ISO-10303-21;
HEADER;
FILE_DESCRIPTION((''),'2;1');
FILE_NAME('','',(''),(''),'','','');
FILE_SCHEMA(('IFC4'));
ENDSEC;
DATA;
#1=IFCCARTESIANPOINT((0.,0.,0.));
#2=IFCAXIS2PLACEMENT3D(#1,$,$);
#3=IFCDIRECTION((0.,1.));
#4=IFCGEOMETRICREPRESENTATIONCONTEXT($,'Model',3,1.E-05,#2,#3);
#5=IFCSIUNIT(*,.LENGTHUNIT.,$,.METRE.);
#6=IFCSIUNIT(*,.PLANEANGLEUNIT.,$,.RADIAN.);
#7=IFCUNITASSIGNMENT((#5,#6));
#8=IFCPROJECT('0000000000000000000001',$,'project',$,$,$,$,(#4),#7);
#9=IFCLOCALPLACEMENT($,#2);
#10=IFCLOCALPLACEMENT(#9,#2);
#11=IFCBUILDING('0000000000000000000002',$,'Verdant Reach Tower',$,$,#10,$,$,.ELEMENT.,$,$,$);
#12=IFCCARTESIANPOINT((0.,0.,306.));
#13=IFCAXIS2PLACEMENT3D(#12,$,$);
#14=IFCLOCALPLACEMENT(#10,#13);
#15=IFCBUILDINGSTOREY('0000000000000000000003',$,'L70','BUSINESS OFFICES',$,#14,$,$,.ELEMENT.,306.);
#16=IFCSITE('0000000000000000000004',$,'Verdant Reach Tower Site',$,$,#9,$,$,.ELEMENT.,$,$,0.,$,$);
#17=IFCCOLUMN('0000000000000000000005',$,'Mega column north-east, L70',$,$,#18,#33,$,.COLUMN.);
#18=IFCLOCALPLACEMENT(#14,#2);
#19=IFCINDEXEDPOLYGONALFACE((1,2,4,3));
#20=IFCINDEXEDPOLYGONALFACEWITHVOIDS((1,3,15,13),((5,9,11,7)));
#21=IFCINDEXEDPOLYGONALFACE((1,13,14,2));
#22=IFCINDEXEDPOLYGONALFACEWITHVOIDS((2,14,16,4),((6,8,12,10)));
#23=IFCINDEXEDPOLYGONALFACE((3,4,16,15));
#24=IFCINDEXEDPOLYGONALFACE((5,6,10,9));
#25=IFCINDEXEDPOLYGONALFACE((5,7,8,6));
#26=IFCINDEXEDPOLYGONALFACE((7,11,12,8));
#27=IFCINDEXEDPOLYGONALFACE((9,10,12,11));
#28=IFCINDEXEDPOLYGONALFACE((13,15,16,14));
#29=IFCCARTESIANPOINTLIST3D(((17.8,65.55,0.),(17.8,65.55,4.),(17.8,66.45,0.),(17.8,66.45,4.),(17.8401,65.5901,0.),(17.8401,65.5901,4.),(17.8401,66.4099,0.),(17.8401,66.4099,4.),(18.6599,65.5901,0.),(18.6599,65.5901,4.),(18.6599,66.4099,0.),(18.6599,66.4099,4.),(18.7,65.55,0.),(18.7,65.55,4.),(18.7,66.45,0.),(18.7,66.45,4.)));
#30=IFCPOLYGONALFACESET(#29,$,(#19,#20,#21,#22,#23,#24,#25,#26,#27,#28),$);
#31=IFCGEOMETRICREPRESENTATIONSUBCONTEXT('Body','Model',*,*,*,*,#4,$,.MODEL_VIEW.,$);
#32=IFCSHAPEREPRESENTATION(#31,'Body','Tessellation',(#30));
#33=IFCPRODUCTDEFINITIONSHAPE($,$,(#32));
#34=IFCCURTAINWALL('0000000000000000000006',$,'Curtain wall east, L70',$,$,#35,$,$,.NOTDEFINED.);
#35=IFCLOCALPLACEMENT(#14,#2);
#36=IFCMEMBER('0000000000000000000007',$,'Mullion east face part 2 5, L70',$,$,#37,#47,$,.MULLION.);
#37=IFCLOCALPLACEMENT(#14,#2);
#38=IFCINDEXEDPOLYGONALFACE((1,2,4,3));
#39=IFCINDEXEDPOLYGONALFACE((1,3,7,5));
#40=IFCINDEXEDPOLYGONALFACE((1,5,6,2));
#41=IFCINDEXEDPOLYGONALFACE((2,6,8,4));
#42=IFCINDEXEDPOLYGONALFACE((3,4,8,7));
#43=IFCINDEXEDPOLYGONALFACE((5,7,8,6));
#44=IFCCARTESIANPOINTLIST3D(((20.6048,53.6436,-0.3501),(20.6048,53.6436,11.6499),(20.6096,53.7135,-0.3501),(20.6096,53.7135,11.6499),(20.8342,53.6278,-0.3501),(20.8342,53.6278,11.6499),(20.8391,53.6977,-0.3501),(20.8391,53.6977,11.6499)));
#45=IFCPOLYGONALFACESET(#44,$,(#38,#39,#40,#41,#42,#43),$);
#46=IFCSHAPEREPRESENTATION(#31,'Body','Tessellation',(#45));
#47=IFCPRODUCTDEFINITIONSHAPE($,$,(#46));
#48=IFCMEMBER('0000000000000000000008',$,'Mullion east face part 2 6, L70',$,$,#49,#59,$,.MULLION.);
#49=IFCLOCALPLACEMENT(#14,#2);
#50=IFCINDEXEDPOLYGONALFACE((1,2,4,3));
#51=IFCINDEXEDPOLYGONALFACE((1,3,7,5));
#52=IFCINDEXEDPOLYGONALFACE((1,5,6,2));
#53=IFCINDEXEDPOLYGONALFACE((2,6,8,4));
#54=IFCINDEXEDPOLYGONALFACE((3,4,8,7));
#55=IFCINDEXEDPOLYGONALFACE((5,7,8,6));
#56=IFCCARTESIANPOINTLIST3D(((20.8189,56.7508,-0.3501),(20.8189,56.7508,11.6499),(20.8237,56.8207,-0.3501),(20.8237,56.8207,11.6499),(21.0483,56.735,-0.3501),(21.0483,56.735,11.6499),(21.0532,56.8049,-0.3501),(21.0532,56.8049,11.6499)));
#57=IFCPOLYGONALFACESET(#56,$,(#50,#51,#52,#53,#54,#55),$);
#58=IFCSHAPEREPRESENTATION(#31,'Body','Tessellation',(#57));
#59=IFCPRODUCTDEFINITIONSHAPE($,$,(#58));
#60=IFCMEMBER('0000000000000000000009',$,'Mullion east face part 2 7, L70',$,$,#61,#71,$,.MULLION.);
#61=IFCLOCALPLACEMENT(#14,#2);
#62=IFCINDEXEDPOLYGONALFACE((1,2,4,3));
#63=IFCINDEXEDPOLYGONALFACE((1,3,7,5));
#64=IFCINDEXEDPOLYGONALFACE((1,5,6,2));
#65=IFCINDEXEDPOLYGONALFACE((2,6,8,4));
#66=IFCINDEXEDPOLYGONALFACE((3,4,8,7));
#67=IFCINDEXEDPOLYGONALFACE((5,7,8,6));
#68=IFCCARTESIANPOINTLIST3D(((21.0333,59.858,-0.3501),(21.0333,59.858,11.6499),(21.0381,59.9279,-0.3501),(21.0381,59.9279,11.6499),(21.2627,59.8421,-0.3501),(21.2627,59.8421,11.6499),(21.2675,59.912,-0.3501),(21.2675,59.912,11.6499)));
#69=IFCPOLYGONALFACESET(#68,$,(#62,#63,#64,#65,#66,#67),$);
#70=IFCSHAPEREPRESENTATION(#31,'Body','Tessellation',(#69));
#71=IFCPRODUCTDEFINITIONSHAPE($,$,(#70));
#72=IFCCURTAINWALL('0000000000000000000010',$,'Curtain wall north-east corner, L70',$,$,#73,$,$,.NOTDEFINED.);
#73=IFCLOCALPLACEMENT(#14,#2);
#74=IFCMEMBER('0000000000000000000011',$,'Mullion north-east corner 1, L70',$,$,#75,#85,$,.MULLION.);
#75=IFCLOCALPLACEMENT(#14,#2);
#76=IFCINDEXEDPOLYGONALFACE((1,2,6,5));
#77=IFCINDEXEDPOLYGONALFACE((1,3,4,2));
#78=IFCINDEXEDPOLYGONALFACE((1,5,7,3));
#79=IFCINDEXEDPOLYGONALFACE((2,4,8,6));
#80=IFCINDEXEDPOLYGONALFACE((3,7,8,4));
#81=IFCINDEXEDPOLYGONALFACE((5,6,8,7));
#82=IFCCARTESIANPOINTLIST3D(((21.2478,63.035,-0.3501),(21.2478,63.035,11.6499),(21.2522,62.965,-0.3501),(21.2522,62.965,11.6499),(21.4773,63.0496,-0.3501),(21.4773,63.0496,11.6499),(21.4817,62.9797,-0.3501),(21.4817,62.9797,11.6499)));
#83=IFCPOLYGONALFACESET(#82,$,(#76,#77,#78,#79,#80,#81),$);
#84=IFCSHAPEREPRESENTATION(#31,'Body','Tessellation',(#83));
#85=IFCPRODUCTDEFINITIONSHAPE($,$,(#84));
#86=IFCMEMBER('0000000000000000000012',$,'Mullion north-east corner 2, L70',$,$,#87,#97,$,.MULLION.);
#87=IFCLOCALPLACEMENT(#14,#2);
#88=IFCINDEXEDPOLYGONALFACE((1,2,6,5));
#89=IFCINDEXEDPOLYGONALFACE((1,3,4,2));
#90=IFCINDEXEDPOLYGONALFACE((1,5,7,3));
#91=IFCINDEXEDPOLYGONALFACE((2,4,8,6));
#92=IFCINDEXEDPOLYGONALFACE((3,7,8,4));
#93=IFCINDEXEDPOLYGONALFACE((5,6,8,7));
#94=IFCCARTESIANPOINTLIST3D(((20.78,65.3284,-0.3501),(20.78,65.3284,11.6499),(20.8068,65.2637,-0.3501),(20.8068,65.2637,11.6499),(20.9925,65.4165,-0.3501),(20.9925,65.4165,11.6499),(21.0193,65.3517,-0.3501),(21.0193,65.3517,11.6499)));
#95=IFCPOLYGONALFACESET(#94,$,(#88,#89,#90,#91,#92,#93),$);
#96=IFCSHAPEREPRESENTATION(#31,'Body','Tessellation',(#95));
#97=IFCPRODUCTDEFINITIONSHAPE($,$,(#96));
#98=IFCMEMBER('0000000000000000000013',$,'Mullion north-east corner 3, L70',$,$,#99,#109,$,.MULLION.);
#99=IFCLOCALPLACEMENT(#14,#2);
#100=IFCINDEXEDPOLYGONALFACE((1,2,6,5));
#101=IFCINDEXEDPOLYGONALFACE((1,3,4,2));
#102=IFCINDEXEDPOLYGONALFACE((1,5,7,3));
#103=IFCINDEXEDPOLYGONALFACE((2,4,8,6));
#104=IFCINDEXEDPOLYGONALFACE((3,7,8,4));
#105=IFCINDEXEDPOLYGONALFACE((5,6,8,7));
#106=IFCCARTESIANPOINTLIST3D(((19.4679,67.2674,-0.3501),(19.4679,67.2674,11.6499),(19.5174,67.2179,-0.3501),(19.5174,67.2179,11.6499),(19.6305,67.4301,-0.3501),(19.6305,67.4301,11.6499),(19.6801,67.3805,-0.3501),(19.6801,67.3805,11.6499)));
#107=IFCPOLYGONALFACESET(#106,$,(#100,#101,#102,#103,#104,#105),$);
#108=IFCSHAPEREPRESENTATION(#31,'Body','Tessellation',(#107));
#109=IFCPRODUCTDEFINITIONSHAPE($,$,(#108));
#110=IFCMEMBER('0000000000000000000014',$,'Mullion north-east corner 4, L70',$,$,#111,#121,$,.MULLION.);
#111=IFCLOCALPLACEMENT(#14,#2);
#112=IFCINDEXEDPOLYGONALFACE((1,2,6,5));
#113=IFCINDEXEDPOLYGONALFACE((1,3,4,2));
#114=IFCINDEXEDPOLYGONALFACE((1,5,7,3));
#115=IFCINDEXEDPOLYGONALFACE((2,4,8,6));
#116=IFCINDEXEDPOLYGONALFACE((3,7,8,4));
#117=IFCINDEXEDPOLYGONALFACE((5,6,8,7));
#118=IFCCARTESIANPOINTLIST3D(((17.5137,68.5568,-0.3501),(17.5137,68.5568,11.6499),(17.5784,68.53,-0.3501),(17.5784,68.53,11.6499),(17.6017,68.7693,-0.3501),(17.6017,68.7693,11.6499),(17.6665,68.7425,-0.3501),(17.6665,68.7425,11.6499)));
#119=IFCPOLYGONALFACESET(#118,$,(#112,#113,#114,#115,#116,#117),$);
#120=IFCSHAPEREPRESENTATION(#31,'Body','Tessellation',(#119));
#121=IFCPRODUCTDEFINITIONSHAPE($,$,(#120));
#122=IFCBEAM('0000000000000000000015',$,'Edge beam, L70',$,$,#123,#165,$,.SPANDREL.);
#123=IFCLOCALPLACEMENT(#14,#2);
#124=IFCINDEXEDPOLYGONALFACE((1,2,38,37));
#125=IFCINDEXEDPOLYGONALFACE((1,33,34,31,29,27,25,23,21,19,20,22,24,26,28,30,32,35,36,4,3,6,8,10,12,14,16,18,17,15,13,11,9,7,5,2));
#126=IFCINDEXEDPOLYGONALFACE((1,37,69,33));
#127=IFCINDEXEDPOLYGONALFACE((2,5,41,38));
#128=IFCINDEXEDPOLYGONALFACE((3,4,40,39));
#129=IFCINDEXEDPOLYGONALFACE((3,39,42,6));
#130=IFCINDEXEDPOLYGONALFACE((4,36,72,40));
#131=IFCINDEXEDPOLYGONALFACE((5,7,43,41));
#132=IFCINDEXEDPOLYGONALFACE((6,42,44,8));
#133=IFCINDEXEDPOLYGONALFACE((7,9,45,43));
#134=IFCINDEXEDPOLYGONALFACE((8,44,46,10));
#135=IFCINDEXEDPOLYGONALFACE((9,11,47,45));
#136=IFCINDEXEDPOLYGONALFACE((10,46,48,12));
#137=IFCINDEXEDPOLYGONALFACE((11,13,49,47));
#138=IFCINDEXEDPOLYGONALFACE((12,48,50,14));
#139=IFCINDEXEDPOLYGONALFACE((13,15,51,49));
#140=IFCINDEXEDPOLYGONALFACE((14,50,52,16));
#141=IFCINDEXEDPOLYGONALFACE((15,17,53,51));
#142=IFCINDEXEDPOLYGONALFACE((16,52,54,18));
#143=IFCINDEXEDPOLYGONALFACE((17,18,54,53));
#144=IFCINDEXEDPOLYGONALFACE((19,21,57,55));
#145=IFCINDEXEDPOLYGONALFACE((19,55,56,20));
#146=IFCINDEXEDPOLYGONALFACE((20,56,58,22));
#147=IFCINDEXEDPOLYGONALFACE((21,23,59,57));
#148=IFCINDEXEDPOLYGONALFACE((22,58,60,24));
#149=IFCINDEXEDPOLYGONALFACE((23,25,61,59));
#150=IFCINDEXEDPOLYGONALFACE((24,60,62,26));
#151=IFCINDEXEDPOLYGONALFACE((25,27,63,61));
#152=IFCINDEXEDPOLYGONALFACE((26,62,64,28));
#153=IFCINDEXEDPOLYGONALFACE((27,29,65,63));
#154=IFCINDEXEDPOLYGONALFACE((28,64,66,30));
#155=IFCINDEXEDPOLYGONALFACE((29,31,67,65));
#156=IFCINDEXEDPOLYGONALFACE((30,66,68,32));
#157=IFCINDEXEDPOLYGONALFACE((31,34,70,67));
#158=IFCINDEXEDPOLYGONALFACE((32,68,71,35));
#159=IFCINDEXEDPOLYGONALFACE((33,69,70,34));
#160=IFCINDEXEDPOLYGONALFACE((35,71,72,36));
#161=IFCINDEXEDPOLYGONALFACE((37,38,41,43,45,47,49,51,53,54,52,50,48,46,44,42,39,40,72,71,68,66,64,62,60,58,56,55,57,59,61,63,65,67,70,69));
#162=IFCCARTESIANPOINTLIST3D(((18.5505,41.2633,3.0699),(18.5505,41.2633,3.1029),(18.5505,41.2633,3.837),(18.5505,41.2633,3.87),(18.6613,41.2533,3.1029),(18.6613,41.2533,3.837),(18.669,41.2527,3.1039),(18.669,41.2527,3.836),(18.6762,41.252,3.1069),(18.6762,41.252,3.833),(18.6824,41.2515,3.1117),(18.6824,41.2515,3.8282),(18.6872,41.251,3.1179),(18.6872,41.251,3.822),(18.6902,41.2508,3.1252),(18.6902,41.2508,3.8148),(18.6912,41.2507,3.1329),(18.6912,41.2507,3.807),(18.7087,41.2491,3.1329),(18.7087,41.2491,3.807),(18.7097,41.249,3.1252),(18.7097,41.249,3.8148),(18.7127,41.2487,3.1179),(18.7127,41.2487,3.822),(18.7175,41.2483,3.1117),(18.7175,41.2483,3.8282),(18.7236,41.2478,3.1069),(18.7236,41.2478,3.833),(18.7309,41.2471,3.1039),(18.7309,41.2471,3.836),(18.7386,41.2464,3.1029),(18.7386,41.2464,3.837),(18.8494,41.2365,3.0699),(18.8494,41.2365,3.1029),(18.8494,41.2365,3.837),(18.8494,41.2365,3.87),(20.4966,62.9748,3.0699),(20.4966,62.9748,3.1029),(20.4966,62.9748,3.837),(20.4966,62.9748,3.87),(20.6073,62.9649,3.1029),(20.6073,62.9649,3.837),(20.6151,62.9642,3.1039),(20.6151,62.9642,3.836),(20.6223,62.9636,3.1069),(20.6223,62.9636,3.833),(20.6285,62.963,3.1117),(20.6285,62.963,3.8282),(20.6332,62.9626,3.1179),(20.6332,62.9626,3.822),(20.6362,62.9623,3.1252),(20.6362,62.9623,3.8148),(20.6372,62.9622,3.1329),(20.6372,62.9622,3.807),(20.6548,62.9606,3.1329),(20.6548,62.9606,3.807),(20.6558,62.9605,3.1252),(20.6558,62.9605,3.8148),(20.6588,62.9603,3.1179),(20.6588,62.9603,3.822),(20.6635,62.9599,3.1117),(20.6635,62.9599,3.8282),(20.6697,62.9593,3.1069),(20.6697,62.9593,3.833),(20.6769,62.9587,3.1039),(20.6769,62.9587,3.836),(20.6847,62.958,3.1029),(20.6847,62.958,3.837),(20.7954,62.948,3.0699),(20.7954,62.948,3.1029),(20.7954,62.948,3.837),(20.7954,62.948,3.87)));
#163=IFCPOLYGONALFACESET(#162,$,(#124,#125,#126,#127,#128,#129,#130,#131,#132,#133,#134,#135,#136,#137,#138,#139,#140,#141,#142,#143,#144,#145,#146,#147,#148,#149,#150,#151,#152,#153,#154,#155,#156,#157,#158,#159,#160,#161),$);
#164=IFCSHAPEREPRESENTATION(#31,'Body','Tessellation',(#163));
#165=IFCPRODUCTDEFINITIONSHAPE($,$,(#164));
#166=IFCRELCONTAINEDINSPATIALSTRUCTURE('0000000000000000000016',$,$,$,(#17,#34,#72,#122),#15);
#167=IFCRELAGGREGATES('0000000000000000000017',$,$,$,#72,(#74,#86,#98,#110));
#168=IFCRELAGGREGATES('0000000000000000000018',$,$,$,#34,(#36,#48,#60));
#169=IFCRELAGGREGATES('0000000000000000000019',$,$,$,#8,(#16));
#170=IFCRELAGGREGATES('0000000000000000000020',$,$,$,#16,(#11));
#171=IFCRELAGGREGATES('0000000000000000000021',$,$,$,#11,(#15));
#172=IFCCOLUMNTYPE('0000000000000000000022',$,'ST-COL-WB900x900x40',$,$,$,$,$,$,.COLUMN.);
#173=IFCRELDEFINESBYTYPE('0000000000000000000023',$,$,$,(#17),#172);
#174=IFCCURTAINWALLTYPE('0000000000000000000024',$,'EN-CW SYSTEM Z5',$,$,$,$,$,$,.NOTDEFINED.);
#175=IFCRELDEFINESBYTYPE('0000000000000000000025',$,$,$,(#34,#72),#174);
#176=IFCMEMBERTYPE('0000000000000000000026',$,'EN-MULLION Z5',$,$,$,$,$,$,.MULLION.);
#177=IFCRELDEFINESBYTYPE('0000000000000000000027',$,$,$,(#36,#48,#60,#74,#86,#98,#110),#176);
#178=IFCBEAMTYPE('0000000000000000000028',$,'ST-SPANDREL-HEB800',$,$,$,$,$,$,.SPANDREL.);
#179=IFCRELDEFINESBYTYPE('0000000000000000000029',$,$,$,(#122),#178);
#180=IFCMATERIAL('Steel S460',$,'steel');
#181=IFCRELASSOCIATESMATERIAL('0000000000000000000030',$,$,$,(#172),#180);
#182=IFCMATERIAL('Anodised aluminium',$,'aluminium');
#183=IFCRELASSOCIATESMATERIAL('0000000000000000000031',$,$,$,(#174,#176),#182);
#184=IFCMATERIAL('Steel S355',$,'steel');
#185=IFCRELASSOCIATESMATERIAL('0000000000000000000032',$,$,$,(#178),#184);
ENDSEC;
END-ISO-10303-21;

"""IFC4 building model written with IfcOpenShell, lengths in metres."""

from ifc_helpers import new_model, si_unit, direction, frame, origin, origin_2d, place, context, subcontext, project, spatial, rectangle, hollow_rectangle, i_section, extrude, material, material_profile, profile_set, type_object, element, aggregate, save


model = new_model("IFC4")

# Units and contexts
model_context = context("Model", 3, precision=1e-05, world=origin(), true_north=direction((0.0, 1.0)))
body_context = subcontext(model_context, "Body", "Model", "MODEL_VIEW")
ifc_project = project(units=[si_unit("LENGTHUNIT", "METRE"), si_unit("PLANEANGLEUNIT", "RADIAN")], contexts=[model_context])

# Site, building, storey
site_placement = place(None, origin())
site = spatial("IfcSite", under=ifc_project, at=site_placement, Name="Verdant Reach Tower Site", CompositionType="ELEMENT", RefElevation=0.0)
building_placement = place(site_placement, origin())
building = spatial("IfcBuilding", under=site, at=building_placement, Name="Verdant Reach Tower", CompositionType="ELEMENT")
storey_placement = place(building_placement, frame((0.0, 0.0, 306.0)))
storey = spatial("IfcBuildingStorey", under=building, at=storey_placement, Name="L70", Description="BUSINESS OFFICES", CompositionType="ELEMENT", Elevation=306.0)

# Column
ifc_material_1 = material(Name="Steel S460", Category="steel")
ifc_material_profile_1 = material_profile(ifc_material_1, hollow_rectangle(XDim=0.8999, YDim=0.8999, WallThickness=0.04, at=origin_2d()), Name="WB 900x900x40")
ifc_profile_set_1 = profile_set([ifc_material_profile_1], Name="Steel S460")
column_type = type_object("IfcColumnType", Name="ST-COL-WB900x900x40", PredefinedType="COLUMN", material=ifc_profile_set_1)
column_placement = place(storey_placement, frame((18.25, 66.0, 0.0), z_axis=(0.0, 0.0, 1.0), x_axis=(1.0, 0.0, 0.0)))
element("IfcColumn", 1, at=column_placement, inside=storey, type_object=column_type, Name="Mega column north-east, L70", PredefinedType="COLUMN", context=body_context, shape_type="SweptSolid", body=[
    extrude(hollow_rectangle(XDim=0.8999, YDim=0.8999, WallThickness=0.04, at=origin_2d()), origin(), (0.0, 0.0, 1.0), 4.0),
])

# Curtain walls, members
ifc_material_2 = material(Name="Anodised aluminium", Category="aluminium")
curtain_wall_type = type_object("IfcCurtainWallType", Name="EN-CW SYSTEM Z5", PredefinedType="NOTDEFINED", material=ifc_material_2)
curtain_wall_1_placement = place(storey_placement, origin())
curtain_wall_1 = element("IfcCurtainWall", 2, at=curtain_wall_1_placement, inside=storey, type_object=curtain_wall_type, Name="Curtain wall east, L70", PredefinedType="NOTDEFINED")
ifc_material_profile_2 = material_profile(ifc_material_2, rectangle(XDim=0.23, YDim=0.0701, at=origin_2d()), Name="Mullion 70x230")
ifc_profile_set_2 = profile_set([ifc_material_profile_2], Name="Anodised aluminium")
member_type = type_object("IfcMemberType", Name="EN-MULLION Z5", PredefinedType="MULLION", material=ifc_profile_set_2)
member_1_placement = place(storey_placement, frame((20.7219, 53.6707, -0.3501), z_axis=(0.0, 0.0, 1.0), x_axis=(0.99763, -0.068802, 0.0)))
member_1 = element("IfcMember", 3, at=member_1_placement, type_object=member_type, Name="Mullion east face part 2 5, L70", PredefinedType="MULLION", context=body_context, shape_type="SweptSolid", body=[
    extrude(rectangle(XDim=0.23, YDim=0.0701, at=origin_2d()), origin(), (0.0, 0.0, 1.0), 12.0),
])
member_2_placement = place(storey_placement, frame((20.936, 56.7778, -0.3501), z_axis=(0.0, 0.0, 1.0), x_axis=(0.99763, -0.068802, 0.0)))
member_2 = element("IfcMember", 4, at=member_2_placement, type_object=member_type, Name="Mullion east face part 2 6, L70", PredefinedType="MULLION", context=body_context, shape_type="SweptSolid", body=[
    extrude(rectangle(XDim=0.23, YDim=0.0701, at=origin_2d()), origin(), (0.0, 0.0, 1.0), 12.0),
])
member_3_placement = place(storey_placement, frame((21.1504, 59.885, -0.3501), z_axis=(0.0, 0.0, 1.0), x_axis=(0.99763, -0.068802, 0.0)))
member_3 = element("IfcMember", 5, at=member_3_placement, type_object=member_type, Name="Mullion east face part 2 7, L70", PredefinedType="MULLION", context=body_context, shape_type="SweptSolid", body=[
    extrude(rectangle(XDim=0.23, YDim=0.0701, at=origin_2d()), origin(), (0.0, 0.0, 1.0), 12.0),
])
curtain_wall_2_placement = place(storey_placement, origin())
curtain_wall_2 = element("IfcCurtainWall", 6, at=curtain_wall_2_placement, inside=storey, type_object=curtain_wall_type, Name="Curtain wall north-east corner, L70", PredefinedType="NOTDEFINED")
member_4_placement = place(storey_placement, frame((21.3647, 63.0073, -0.3501), z_axis=(0.0, 0.0, 1.0), x_axis=(0.997969, 0.063699, 0.0)))
member_4 = element("IfcMember", 7, at=member_4_placement, type_object=member_type, Name="Mullion north-east corner 1, L70", PredefinedType="MULLION", context=body_context, shape_type="SweptSolid", body=[
    extrude(rectangle(XDim=0.23, YDim=0.0701, at=origin_2d()), origin(), (0.0, 0.0, 1.0), 12.0),
])
member_5_placement = place(storey_placement, frame((20.8997, 65.3401, -0.3501), z_axis=(0.0, 0.0, 1.0), x_axis=(0.923875, 0.382694, 0.0)))
member_5 = element("IfcMember", 8, at=member_5_placement, type_object=member_type, Name="Mullion north-east corner 2, L70", PredefinedType="MULLION", context=body_context, shape_type="SweptSolid", body=[
    extrude(rectangle(XDim=0.23, YDim=0.0701, at=origin_2d()), origin(), (0.0, 0.0, 1.0), 12.0),
])
member_6_placement = place(storey_placement, frame((19.574, 67.324, -0.3501), z_axis=(0.0, 0.0, 1.0), x_axis=(0.707107, 0.707107, 0.0)))
member_6 = element("IfcMember", 9, at=member_6_placement, type_object=member_type, Name="Mullion north-east corner 3, L70", PredefinedType="MULLION", context=body_context, shape_type="SweptSolid", body=[
    extrude(rectangle(XDim=0.23, YDim=0.0701, at=origin_2d()), origin(), (0.0, 0.0, 1.0), 12.0),
])
member_7_placement = place(storey_placement, frame((17.5901, 68.6497, -0.3501), z_axis=(0.0, 0.0, 1.0), x_axis=(0.382694, 0.923875, 0.0)))
member_7 = element("IfcMember", 10, at=member_7_placement, type_object=member_type, Name="Mullion north-east corner 4, L70", PredefinedType="MULLION", context=body_context, shape_type="SweptSolid", body=[
    extrude(rectangle(XDim=0.23, YDim=0.0701, at=origin_2d()), origin(), (0.0, 0.0, 1.0), 12.0),
])

# Beam
ifc_material_3 = material(Name="Steel S355", Category="steel")
ifc_material_profile_3 = material_profile(ifc_material_3, i_section(OverallWidth=0.3, OverallDepth=0.8, WebThickness=0.0176, FlangeThickness=0.033, FilletRadius=0.03, at=origin_2d()), Name="HEB 800")
ifc_profile_set_3 = profile_set([ifc_material_profile_3], Name="Steel S355")
beam_type_1 = type_object("IfcBeamType", Name="ST-SPANDREL-HEB800", PredefinedType="SPANDREL", material=ifc_profile_set_3)
beam_1_placement = place(storey_placement, frame((20.646, 62.9614, 3.47), z_axis=(-0.089274, -0.996007, 0.0), x_axis=(0.996007, -0.089274, 0.0)))
element("IfcBeam", 11, at=beam_1_placement, inside=storey, type_object=beam_type_1, Name="Edge beam, L70", PredefinedType="SPANDREL", context=body_context, shape_type="SweptSolid", body=[
    extrude(i_section(OverallWidth=0.3, OverallDepth=0.8, WebThickness=0.0176, FlangeThickness=0.033, FilletRadius=0.03, at=origin_2d()), origin(), (0.0, 0.0, 1.0), 21.7986),
])

aggregate(curtain_wall_2, [member_4, member_5, member_6, member_7])
aggregate(curtain_wall_1, [member_1, member_2, member_3])

save(model, "model.ifc")
